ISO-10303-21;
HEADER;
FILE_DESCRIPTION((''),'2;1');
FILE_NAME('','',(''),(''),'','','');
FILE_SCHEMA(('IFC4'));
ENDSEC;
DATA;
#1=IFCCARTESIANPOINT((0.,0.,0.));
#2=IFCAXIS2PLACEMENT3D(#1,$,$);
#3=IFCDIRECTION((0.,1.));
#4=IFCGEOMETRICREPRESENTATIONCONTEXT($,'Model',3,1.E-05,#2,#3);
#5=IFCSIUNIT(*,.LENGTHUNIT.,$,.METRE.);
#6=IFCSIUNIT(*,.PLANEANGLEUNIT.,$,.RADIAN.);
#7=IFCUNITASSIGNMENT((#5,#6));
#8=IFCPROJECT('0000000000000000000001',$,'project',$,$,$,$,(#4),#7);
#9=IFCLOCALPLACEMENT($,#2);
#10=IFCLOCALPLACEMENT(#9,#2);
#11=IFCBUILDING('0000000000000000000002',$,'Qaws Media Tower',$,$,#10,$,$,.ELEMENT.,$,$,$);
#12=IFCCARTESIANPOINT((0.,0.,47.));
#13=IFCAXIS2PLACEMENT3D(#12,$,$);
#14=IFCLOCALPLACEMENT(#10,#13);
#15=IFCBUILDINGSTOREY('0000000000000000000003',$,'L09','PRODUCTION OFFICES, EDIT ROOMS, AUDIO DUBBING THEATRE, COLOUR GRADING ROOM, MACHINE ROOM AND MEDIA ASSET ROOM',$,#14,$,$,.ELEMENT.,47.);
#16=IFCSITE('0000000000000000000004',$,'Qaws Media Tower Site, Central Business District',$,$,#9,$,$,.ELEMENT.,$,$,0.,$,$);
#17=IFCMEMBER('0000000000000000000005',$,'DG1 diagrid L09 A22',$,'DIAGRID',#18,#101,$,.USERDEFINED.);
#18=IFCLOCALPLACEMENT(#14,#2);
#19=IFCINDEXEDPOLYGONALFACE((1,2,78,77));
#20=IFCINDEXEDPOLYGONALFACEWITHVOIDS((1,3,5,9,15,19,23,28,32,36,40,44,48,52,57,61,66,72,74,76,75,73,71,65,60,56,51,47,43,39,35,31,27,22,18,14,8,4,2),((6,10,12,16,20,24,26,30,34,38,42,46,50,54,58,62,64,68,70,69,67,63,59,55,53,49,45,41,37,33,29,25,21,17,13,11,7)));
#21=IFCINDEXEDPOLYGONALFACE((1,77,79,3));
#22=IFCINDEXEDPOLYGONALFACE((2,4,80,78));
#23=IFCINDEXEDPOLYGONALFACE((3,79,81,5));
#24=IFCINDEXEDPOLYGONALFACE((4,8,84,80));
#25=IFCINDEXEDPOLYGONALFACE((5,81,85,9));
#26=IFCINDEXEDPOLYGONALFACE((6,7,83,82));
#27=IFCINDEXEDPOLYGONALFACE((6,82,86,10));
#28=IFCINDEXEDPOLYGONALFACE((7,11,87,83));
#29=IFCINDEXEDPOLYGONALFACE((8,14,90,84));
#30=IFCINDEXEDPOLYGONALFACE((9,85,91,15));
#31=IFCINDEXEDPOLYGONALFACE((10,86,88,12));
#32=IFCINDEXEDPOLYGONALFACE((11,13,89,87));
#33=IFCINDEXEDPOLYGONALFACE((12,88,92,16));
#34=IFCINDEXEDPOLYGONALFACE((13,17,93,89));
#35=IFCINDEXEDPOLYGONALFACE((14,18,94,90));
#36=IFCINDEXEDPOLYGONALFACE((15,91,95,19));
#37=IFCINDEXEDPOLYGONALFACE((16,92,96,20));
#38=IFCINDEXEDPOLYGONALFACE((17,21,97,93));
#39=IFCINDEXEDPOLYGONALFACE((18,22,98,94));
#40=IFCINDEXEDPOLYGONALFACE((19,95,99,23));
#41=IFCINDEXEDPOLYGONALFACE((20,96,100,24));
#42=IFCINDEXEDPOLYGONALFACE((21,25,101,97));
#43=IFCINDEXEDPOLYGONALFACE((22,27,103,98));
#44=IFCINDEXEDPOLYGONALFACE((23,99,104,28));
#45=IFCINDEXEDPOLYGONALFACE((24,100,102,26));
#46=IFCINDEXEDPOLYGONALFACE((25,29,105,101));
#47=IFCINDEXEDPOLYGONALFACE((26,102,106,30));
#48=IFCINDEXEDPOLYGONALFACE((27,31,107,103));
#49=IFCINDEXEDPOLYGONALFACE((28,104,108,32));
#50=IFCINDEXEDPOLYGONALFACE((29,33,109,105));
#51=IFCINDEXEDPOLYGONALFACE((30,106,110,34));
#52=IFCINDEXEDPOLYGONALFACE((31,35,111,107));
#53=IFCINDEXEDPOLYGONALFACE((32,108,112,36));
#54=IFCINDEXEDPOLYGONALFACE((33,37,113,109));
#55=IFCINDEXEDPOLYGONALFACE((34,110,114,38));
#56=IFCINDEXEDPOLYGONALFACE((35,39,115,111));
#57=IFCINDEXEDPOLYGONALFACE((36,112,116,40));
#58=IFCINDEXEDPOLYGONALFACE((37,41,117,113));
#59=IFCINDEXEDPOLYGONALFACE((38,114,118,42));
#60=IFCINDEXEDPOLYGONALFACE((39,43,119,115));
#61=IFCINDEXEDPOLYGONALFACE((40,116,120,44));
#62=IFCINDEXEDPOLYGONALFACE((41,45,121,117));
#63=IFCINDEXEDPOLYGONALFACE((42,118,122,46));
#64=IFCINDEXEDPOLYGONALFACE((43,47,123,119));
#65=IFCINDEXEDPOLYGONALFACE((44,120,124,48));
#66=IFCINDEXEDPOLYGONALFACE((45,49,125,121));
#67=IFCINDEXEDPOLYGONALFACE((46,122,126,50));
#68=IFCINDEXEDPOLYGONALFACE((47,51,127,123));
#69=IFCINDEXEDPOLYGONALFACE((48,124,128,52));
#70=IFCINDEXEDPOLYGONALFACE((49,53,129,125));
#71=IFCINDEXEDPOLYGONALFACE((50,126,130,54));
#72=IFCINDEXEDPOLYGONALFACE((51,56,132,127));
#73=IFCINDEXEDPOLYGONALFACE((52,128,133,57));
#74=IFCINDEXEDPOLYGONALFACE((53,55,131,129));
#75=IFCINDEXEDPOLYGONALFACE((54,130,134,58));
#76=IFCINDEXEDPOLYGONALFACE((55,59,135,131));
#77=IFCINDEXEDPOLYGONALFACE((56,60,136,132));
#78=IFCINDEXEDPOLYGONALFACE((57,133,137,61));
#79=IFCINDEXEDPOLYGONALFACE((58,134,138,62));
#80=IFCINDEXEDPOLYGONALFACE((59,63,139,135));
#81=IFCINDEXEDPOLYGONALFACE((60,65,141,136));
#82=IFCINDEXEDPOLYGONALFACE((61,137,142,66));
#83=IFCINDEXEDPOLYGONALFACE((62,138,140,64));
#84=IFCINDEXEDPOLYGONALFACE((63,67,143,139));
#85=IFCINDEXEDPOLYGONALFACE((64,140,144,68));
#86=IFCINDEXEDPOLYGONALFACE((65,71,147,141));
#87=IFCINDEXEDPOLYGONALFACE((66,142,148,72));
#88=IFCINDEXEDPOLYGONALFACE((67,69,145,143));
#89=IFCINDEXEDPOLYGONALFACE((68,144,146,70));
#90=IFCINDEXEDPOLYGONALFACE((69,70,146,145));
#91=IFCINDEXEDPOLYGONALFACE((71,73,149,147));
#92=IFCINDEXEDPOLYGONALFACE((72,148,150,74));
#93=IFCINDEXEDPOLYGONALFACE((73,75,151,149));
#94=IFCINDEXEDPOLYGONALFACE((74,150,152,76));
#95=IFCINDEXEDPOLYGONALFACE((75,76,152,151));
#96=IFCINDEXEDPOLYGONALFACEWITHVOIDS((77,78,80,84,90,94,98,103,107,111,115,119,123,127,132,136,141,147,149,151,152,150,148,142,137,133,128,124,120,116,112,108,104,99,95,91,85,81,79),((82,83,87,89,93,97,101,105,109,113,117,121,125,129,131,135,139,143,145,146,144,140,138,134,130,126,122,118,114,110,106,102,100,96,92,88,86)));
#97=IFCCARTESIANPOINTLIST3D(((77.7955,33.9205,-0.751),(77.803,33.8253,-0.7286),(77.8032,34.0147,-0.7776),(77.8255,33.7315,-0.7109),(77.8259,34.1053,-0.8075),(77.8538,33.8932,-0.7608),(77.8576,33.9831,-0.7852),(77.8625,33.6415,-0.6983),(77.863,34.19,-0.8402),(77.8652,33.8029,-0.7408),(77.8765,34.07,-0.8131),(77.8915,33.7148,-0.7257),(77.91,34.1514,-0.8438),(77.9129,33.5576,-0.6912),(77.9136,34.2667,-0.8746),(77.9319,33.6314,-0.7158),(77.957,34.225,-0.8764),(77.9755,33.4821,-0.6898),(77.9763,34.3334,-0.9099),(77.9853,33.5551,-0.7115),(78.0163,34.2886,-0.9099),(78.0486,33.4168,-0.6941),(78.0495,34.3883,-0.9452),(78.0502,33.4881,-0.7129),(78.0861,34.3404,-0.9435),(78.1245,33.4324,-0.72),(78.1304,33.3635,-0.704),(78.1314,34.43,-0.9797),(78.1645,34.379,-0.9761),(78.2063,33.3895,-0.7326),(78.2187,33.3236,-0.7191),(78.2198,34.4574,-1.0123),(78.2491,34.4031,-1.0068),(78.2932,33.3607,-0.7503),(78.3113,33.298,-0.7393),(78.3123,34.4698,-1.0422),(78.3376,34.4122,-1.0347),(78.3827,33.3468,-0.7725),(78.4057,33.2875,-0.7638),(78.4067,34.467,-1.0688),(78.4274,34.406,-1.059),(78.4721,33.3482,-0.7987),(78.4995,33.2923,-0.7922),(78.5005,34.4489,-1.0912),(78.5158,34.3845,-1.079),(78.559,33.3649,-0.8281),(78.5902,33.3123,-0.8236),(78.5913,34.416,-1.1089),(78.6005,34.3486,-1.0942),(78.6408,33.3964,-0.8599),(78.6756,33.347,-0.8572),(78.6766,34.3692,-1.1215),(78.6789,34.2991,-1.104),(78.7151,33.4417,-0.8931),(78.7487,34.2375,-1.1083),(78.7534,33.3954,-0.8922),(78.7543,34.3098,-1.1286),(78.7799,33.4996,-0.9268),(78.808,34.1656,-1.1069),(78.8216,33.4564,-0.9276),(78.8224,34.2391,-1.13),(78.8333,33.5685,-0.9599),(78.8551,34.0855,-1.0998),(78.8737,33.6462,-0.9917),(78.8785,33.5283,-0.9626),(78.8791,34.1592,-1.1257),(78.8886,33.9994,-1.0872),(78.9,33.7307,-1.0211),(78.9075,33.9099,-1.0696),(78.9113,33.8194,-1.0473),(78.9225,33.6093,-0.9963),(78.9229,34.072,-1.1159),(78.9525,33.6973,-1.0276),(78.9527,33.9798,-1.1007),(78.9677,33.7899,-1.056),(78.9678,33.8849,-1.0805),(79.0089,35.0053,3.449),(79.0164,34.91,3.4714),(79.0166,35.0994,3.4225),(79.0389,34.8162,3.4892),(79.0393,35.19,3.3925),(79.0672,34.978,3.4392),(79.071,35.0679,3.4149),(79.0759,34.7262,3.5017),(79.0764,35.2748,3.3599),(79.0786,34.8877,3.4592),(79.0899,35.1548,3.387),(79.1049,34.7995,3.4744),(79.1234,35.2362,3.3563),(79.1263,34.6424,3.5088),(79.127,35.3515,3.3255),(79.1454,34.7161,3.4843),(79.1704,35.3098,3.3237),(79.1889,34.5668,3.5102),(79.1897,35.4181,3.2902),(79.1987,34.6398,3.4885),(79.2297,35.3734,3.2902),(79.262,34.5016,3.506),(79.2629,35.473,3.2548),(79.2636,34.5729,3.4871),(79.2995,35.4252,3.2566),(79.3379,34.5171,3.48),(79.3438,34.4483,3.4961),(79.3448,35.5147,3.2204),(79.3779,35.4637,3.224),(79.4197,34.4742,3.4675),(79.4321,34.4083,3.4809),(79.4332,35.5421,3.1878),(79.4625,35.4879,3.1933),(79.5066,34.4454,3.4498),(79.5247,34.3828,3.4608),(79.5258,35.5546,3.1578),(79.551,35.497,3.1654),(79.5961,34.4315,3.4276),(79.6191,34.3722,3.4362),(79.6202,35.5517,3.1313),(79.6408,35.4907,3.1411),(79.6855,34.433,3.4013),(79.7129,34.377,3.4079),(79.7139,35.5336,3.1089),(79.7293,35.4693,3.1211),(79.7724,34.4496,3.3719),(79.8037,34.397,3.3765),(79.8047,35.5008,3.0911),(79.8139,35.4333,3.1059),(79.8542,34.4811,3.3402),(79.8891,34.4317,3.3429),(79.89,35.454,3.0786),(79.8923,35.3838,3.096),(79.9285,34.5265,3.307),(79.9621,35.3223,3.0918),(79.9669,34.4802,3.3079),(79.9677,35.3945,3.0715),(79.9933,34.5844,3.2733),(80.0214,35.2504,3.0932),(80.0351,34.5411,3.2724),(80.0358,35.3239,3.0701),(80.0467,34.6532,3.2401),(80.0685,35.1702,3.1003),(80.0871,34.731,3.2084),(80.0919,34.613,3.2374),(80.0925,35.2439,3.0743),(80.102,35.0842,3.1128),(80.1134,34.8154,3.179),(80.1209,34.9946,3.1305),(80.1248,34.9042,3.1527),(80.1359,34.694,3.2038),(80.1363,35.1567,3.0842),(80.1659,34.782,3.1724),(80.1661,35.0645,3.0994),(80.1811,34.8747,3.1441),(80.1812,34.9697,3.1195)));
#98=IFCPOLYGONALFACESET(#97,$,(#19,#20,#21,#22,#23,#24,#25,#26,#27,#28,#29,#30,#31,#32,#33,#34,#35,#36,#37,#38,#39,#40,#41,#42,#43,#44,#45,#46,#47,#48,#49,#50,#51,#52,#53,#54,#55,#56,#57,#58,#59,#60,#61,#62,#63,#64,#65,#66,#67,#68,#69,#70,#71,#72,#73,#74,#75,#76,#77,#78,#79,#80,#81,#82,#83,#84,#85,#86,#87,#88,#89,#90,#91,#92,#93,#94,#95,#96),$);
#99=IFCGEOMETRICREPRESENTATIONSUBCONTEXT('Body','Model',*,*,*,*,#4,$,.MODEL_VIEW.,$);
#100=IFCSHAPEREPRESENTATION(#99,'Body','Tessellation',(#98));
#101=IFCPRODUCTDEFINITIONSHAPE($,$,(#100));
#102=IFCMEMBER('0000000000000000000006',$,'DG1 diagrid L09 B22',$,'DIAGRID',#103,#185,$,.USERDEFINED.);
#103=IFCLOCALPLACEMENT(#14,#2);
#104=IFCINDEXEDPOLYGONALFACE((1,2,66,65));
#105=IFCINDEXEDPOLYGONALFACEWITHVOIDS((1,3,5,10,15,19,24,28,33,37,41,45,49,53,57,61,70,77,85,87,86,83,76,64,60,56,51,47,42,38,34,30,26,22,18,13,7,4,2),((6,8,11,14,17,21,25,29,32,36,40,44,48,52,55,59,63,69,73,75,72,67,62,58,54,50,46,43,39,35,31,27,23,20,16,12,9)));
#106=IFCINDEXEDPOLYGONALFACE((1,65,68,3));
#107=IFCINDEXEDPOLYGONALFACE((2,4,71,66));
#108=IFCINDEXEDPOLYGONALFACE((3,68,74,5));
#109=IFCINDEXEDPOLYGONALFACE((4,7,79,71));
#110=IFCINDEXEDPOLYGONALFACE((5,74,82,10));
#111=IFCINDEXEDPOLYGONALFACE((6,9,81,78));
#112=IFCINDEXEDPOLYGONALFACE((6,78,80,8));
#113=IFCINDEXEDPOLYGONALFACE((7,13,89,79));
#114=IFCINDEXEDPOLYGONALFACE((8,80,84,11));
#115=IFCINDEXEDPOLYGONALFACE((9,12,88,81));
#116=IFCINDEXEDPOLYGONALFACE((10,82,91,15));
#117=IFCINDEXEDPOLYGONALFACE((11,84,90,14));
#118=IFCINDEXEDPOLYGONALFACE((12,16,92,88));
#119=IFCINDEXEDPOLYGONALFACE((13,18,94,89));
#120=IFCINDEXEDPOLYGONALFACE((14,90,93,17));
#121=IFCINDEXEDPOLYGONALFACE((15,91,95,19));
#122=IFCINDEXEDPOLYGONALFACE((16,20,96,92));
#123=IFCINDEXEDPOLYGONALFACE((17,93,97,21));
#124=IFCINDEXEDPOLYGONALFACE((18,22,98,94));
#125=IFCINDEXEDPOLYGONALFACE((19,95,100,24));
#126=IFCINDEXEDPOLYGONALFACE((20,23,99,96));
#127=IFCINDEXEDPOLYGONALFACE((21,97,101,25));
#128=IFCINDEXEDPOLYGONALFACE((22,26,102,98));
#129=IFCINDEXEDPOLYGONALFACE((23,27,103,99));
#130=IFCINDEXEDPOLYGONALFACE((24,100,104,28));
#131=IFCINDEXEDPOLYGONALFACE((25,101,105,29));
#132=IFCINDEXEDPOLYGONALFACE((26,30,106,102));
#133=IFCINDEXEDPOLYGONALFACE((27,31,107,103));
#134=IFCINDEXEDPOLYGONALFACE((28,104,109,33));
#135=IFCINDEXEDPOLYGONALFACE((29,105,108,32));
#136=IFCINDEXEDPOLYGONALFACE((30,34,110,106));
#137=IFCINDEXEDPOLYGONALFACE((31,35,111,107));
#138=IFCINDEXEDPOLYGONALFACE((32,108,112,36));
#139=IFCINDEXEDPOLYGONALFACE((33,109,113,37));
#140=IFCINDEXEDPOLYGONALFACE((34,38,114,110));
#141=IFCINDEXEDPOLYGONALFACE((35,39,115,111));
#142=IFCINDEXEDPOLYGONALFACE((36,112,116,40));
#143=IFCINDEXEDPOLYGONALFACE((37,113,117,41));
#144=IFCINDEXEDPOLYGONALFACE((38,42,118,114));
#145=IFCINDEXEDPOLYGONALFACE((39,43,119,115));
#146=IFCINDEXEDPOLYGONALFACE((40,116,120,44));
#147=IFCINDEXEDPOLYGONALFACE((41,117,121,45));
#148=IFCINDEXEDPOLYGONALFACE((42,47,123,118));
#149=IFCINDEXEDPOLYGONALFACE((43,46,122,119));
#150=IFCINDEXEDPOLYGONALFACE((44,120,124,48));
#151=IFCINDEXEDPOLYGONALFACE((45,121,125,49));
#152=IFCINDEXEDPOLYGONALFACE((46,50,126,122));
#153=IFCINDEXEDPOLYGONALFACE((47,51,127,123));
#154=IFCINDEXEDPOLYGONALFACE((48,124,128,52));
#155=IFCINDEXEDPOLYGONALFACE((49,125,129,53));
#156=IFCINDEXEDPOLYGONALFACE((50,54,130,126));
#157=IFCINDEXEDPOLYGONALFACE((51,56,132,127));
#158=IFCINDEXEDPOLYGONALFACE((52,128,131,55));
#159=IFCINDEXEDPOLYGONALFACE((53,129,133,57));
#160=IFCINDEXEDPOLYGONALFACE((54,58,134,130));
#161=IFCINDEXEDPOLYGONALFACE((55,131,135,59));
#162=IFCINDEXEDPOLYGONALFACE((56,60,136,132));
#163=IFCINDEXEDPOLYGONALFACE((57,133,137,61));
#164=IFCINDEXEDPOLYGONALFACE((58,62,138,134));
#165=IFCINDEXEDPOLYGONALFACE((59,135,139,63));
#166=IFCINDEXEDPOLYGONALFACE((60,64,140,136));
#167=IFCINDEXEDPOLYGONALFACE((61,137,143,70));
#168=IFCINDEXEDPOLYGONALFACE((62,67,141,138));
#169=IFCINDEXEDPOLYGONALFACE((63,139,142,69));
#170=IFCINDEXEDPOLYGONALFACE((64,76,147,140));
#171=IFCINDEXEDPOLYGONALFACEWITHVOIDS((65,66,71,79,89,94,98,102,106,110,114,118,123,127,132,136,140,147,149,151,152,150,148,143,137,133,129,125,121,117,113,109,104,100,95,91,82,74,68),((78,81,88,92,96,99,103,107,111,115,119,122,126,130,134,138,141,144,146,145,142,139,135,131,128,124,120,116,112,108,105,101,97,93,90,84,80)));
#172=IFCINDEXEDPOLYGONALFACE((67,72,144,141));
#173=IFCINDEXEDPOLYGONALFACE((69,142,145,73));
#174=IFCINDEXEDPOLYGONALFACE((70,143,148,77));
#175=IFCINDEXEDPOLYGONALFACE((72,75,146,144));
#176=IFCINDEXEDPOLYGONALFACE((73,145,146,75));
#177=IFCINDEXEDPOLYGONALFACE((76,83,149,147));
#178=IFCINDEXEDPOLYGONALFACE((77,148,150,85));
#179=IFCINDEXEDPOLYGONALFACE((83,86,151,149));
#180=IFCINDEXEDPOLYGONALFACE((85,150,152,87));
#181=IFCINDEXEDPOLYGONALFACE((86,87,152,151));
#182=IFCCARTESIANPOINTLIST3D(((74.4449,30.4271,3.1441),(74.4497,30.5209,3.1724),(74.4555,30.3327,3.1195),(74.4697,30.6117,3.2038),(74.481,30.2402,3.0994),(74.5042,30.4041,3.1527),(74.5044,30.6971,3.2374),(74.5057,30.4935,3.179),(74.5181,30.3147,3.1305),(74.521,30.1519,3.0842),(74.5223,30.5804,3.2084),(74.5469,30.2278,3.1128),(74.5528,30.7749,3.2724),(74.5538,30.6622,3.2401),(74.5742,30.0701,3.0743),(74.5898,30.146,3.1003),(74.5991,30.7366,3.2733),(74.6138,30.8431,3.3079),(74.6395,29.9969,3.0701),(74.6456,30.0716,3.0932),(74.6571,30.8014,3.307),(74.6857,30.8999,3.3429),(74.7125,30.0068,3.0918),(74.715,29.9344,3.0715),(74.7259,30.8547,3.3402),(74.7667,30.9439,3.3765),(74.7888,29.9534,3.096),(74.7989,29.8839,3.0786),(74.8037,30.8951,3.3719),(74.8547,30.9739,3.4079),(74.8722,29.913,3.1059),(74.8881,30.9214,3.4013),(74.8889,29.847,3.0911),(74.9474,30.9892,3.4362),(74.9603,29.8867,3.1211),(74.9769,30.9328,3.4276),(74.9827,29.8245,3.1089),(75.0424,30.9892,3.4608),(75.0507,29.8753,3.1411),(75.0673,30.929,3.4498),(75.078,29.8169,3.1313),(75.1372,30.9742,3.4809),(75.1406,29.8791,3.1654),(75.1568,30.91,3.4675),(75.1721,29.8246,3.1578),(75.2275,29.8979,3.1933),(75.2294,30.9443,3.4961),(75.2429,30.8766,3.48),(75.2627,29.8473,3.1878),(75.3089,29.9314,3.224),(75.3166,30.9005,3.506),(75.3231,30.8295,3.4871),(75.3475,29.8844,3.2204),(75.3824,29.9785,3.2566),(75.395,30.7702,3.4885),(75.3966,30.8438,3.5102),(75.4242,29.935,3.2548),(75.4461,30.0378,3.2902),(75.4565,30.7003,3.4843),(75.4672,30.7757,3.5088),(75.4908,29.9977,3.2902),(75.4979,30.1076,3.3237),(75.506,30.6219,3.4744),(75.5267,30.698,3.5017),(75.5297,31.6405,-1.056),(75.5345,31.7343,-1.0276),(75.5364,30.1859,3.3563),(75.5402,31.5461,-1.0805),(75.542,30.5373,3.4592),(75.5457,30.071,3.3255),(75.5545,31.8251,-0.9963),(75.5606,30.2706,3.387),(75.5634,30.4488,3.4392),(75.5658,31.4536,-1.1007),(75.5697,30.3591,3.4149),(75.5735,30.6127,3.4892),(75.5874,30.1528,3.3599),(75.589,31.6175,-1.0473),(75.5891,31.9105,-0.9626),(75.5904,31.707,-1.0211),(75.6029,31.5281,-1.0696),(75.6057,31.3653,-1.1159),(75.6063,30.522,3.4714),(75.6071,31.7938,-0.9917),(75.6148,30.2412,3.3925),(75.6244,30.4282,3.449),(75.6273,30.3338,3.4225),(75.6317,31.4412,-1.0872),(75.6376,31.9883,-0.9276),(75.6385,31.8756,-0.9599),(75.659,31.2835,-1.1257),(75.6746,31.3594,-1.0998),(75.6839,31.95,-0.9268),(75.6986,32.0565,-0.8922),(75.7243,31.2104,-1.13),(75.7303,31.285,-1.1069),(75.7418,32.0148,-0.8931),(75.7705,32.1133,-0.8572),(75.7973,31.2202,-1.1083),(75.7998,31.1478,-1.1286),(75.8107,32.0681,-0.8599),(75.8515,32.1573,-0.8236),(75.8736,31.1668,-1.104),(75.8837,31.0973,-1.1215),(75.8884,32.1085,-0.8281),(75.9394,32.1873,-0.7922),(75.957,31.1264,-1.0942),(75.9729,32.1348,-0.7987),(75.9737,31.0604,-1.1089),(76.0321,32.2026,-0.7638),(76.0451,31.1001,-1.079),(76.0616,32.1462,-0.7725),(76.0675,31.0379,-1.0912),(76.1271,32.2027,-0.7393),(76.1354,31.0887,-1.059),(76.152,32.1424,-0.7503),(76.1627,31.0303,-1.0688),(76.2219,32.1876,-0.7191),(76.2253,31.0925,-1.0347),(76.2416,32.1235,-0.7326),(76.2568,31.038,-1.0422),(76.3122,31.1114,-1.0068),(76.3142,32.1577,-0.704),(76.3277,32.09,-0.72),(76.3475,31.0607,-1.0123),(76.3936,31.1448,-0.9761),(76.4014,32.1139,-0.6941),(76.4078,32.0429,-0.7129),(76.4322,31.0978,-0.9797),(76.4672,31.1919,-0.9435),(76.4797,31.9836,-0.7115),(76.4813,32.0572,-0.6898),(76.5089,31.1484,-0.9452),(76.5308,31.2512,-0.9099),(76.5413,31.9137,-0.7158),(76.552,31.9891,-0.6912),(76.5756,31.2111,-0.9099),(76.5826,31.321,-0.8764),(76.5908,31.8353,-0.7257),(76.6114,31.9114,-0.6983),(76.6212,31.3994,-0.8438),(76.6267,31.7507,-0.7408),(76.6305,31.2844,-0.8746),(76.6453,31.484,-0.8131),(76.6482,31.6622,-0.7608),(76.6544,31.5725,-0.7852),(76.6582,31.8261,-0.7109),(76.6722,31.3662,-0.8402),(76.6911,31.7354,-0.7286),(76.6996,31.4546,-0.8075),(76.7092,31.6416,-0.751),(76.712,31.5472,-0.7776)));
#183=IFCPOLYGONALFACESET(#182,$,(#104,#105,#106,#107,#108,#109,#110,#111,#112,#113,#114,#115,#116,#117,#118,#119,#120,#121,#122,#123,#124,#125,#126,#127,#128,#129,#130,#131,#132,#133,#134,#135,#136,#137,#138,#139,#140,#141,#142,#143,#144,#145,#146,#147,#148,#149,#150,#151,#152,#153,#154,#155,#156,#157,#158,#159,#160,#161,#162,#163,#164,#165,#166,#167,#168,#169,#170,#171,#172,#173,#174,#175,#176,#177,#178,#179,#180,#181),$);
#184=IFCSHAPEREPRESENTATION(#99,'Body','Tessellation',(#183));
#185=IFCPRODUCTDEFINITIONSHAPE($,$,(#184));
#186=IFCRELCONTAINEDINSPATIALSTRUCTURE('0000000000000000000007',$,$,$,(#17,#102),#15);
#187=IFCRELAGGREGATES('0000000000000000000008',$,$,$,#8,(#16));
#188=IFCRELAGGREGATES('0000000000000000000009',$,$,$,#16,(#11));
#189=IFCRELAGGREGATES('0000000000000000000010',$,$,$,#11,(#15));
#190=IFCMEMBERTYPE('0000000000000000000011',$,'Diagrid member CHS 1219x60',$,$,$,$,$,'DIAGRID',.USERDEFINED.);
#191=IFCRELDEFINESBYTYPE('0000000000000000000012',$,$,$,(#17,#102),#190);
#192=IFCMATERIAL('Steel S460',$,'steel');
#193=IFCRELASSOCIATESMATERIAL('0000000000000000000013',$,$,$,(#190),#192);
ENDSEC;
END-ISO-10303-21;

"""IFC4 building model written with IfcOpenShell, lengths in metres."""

from ifc_helpers import new_model, si_unit, direction, frame, origin, origin_2d, place, context, subcontext, project, spatial, hollow_circle, extrude, material, material_profile, profile_set, type_object, element, save


model = new_model("IFC4")

# Units and contexts
model_context = context("Model", 3, precision=1e-05, world=origin(), true_north=direction((0.0, 1.0)))
body_context = subcontext(model_context, "Body", "Model", "MODEL_VIEW")
ifc_project = project(units=[si_unit("LENGTHUNIT", "METRE"), si_unit("PLANEANGLEUNIT", "RADIAN")], contexts=[model_context])

# Site, building, storey
site_placement = place(None, origin())
site = spatial("IfcSite", under=ifc_project, at=site_placement, Name="Qaws Media Tower Site, Central Business District", CompositionType="ELEMENT", RefElevation=0.0)
building_placement = place(site_placement, origin())
building = spatial("IfcBuilding", under=site, at=building_placement, Name="Qaws Media Tower", CompositionType="ELEMENT")
storey_placement = place(building_placement, frame((0.0, 0.0, 47.0)))
storey = spatial("IfcBuildingStorey", under=building, at=storey_placement, Name="L09", Description="PRODUCTION OFFICES, EDIT ROOMS, AUDIO DUBBING THEATRE, COLOUR GRADING ROOM, MACHINE ROOM AND MEDIA ASSET ROOM", CompositionType="ELEMENT", Elevation=47.0)

# Members
ifc_material_1 = material(Name="Steel S460", Category="steel")
ifc_material_profile_1 = material_profile(ifc_material_1, hollow_circle(Radius=0.6096, WallThickness=0.0601, at=origin_2d()), Name="CHS 1219x60")
ifc_profile_set_1 = profile_set([ifc_material_profile_1], Name="Steel S460")
member_type_1 = type_object("IfcMemberType", Name="Diagrid member CHS 1219x60", ElementType="DIAGRID", PredefinedType="USERDEFINED", material=ifc_profile_set_1)
for number, where, z_axis, x_axis, name in (
    (1, (78.3826, 33.8789, -0.9099), (0.269384, 0.240819, 0.932437), (-0.666475, 0.745528, 0.0), "DG1 diagrid L09 A22"),
    (2, (76.1211, 31.6174, -0.9099), (-0.240819, -0.269384, 0.932437), (0.745528, -0.666475, 0.0), "DG1 diagrid L09 B22"),
):
    element("IfcMember", number, at=place(storey_placement, frame(where, z_axis=z_axis, x_axis=x_axis)), inside=storey, type_object=member_type_1, Name=name, ObjectType="DIAGRID", PredefinedType="USERDEFINED", context=body_context, shape_type="SweptSolid", body=[
        extrude(hollow_circle(Radius=0.6096, WallThickness=0.0601, at=origin_2d()), origin(), (0.0, 0.0, 1.0), 4.5044),
    ])

save(model, "model.ifc")
